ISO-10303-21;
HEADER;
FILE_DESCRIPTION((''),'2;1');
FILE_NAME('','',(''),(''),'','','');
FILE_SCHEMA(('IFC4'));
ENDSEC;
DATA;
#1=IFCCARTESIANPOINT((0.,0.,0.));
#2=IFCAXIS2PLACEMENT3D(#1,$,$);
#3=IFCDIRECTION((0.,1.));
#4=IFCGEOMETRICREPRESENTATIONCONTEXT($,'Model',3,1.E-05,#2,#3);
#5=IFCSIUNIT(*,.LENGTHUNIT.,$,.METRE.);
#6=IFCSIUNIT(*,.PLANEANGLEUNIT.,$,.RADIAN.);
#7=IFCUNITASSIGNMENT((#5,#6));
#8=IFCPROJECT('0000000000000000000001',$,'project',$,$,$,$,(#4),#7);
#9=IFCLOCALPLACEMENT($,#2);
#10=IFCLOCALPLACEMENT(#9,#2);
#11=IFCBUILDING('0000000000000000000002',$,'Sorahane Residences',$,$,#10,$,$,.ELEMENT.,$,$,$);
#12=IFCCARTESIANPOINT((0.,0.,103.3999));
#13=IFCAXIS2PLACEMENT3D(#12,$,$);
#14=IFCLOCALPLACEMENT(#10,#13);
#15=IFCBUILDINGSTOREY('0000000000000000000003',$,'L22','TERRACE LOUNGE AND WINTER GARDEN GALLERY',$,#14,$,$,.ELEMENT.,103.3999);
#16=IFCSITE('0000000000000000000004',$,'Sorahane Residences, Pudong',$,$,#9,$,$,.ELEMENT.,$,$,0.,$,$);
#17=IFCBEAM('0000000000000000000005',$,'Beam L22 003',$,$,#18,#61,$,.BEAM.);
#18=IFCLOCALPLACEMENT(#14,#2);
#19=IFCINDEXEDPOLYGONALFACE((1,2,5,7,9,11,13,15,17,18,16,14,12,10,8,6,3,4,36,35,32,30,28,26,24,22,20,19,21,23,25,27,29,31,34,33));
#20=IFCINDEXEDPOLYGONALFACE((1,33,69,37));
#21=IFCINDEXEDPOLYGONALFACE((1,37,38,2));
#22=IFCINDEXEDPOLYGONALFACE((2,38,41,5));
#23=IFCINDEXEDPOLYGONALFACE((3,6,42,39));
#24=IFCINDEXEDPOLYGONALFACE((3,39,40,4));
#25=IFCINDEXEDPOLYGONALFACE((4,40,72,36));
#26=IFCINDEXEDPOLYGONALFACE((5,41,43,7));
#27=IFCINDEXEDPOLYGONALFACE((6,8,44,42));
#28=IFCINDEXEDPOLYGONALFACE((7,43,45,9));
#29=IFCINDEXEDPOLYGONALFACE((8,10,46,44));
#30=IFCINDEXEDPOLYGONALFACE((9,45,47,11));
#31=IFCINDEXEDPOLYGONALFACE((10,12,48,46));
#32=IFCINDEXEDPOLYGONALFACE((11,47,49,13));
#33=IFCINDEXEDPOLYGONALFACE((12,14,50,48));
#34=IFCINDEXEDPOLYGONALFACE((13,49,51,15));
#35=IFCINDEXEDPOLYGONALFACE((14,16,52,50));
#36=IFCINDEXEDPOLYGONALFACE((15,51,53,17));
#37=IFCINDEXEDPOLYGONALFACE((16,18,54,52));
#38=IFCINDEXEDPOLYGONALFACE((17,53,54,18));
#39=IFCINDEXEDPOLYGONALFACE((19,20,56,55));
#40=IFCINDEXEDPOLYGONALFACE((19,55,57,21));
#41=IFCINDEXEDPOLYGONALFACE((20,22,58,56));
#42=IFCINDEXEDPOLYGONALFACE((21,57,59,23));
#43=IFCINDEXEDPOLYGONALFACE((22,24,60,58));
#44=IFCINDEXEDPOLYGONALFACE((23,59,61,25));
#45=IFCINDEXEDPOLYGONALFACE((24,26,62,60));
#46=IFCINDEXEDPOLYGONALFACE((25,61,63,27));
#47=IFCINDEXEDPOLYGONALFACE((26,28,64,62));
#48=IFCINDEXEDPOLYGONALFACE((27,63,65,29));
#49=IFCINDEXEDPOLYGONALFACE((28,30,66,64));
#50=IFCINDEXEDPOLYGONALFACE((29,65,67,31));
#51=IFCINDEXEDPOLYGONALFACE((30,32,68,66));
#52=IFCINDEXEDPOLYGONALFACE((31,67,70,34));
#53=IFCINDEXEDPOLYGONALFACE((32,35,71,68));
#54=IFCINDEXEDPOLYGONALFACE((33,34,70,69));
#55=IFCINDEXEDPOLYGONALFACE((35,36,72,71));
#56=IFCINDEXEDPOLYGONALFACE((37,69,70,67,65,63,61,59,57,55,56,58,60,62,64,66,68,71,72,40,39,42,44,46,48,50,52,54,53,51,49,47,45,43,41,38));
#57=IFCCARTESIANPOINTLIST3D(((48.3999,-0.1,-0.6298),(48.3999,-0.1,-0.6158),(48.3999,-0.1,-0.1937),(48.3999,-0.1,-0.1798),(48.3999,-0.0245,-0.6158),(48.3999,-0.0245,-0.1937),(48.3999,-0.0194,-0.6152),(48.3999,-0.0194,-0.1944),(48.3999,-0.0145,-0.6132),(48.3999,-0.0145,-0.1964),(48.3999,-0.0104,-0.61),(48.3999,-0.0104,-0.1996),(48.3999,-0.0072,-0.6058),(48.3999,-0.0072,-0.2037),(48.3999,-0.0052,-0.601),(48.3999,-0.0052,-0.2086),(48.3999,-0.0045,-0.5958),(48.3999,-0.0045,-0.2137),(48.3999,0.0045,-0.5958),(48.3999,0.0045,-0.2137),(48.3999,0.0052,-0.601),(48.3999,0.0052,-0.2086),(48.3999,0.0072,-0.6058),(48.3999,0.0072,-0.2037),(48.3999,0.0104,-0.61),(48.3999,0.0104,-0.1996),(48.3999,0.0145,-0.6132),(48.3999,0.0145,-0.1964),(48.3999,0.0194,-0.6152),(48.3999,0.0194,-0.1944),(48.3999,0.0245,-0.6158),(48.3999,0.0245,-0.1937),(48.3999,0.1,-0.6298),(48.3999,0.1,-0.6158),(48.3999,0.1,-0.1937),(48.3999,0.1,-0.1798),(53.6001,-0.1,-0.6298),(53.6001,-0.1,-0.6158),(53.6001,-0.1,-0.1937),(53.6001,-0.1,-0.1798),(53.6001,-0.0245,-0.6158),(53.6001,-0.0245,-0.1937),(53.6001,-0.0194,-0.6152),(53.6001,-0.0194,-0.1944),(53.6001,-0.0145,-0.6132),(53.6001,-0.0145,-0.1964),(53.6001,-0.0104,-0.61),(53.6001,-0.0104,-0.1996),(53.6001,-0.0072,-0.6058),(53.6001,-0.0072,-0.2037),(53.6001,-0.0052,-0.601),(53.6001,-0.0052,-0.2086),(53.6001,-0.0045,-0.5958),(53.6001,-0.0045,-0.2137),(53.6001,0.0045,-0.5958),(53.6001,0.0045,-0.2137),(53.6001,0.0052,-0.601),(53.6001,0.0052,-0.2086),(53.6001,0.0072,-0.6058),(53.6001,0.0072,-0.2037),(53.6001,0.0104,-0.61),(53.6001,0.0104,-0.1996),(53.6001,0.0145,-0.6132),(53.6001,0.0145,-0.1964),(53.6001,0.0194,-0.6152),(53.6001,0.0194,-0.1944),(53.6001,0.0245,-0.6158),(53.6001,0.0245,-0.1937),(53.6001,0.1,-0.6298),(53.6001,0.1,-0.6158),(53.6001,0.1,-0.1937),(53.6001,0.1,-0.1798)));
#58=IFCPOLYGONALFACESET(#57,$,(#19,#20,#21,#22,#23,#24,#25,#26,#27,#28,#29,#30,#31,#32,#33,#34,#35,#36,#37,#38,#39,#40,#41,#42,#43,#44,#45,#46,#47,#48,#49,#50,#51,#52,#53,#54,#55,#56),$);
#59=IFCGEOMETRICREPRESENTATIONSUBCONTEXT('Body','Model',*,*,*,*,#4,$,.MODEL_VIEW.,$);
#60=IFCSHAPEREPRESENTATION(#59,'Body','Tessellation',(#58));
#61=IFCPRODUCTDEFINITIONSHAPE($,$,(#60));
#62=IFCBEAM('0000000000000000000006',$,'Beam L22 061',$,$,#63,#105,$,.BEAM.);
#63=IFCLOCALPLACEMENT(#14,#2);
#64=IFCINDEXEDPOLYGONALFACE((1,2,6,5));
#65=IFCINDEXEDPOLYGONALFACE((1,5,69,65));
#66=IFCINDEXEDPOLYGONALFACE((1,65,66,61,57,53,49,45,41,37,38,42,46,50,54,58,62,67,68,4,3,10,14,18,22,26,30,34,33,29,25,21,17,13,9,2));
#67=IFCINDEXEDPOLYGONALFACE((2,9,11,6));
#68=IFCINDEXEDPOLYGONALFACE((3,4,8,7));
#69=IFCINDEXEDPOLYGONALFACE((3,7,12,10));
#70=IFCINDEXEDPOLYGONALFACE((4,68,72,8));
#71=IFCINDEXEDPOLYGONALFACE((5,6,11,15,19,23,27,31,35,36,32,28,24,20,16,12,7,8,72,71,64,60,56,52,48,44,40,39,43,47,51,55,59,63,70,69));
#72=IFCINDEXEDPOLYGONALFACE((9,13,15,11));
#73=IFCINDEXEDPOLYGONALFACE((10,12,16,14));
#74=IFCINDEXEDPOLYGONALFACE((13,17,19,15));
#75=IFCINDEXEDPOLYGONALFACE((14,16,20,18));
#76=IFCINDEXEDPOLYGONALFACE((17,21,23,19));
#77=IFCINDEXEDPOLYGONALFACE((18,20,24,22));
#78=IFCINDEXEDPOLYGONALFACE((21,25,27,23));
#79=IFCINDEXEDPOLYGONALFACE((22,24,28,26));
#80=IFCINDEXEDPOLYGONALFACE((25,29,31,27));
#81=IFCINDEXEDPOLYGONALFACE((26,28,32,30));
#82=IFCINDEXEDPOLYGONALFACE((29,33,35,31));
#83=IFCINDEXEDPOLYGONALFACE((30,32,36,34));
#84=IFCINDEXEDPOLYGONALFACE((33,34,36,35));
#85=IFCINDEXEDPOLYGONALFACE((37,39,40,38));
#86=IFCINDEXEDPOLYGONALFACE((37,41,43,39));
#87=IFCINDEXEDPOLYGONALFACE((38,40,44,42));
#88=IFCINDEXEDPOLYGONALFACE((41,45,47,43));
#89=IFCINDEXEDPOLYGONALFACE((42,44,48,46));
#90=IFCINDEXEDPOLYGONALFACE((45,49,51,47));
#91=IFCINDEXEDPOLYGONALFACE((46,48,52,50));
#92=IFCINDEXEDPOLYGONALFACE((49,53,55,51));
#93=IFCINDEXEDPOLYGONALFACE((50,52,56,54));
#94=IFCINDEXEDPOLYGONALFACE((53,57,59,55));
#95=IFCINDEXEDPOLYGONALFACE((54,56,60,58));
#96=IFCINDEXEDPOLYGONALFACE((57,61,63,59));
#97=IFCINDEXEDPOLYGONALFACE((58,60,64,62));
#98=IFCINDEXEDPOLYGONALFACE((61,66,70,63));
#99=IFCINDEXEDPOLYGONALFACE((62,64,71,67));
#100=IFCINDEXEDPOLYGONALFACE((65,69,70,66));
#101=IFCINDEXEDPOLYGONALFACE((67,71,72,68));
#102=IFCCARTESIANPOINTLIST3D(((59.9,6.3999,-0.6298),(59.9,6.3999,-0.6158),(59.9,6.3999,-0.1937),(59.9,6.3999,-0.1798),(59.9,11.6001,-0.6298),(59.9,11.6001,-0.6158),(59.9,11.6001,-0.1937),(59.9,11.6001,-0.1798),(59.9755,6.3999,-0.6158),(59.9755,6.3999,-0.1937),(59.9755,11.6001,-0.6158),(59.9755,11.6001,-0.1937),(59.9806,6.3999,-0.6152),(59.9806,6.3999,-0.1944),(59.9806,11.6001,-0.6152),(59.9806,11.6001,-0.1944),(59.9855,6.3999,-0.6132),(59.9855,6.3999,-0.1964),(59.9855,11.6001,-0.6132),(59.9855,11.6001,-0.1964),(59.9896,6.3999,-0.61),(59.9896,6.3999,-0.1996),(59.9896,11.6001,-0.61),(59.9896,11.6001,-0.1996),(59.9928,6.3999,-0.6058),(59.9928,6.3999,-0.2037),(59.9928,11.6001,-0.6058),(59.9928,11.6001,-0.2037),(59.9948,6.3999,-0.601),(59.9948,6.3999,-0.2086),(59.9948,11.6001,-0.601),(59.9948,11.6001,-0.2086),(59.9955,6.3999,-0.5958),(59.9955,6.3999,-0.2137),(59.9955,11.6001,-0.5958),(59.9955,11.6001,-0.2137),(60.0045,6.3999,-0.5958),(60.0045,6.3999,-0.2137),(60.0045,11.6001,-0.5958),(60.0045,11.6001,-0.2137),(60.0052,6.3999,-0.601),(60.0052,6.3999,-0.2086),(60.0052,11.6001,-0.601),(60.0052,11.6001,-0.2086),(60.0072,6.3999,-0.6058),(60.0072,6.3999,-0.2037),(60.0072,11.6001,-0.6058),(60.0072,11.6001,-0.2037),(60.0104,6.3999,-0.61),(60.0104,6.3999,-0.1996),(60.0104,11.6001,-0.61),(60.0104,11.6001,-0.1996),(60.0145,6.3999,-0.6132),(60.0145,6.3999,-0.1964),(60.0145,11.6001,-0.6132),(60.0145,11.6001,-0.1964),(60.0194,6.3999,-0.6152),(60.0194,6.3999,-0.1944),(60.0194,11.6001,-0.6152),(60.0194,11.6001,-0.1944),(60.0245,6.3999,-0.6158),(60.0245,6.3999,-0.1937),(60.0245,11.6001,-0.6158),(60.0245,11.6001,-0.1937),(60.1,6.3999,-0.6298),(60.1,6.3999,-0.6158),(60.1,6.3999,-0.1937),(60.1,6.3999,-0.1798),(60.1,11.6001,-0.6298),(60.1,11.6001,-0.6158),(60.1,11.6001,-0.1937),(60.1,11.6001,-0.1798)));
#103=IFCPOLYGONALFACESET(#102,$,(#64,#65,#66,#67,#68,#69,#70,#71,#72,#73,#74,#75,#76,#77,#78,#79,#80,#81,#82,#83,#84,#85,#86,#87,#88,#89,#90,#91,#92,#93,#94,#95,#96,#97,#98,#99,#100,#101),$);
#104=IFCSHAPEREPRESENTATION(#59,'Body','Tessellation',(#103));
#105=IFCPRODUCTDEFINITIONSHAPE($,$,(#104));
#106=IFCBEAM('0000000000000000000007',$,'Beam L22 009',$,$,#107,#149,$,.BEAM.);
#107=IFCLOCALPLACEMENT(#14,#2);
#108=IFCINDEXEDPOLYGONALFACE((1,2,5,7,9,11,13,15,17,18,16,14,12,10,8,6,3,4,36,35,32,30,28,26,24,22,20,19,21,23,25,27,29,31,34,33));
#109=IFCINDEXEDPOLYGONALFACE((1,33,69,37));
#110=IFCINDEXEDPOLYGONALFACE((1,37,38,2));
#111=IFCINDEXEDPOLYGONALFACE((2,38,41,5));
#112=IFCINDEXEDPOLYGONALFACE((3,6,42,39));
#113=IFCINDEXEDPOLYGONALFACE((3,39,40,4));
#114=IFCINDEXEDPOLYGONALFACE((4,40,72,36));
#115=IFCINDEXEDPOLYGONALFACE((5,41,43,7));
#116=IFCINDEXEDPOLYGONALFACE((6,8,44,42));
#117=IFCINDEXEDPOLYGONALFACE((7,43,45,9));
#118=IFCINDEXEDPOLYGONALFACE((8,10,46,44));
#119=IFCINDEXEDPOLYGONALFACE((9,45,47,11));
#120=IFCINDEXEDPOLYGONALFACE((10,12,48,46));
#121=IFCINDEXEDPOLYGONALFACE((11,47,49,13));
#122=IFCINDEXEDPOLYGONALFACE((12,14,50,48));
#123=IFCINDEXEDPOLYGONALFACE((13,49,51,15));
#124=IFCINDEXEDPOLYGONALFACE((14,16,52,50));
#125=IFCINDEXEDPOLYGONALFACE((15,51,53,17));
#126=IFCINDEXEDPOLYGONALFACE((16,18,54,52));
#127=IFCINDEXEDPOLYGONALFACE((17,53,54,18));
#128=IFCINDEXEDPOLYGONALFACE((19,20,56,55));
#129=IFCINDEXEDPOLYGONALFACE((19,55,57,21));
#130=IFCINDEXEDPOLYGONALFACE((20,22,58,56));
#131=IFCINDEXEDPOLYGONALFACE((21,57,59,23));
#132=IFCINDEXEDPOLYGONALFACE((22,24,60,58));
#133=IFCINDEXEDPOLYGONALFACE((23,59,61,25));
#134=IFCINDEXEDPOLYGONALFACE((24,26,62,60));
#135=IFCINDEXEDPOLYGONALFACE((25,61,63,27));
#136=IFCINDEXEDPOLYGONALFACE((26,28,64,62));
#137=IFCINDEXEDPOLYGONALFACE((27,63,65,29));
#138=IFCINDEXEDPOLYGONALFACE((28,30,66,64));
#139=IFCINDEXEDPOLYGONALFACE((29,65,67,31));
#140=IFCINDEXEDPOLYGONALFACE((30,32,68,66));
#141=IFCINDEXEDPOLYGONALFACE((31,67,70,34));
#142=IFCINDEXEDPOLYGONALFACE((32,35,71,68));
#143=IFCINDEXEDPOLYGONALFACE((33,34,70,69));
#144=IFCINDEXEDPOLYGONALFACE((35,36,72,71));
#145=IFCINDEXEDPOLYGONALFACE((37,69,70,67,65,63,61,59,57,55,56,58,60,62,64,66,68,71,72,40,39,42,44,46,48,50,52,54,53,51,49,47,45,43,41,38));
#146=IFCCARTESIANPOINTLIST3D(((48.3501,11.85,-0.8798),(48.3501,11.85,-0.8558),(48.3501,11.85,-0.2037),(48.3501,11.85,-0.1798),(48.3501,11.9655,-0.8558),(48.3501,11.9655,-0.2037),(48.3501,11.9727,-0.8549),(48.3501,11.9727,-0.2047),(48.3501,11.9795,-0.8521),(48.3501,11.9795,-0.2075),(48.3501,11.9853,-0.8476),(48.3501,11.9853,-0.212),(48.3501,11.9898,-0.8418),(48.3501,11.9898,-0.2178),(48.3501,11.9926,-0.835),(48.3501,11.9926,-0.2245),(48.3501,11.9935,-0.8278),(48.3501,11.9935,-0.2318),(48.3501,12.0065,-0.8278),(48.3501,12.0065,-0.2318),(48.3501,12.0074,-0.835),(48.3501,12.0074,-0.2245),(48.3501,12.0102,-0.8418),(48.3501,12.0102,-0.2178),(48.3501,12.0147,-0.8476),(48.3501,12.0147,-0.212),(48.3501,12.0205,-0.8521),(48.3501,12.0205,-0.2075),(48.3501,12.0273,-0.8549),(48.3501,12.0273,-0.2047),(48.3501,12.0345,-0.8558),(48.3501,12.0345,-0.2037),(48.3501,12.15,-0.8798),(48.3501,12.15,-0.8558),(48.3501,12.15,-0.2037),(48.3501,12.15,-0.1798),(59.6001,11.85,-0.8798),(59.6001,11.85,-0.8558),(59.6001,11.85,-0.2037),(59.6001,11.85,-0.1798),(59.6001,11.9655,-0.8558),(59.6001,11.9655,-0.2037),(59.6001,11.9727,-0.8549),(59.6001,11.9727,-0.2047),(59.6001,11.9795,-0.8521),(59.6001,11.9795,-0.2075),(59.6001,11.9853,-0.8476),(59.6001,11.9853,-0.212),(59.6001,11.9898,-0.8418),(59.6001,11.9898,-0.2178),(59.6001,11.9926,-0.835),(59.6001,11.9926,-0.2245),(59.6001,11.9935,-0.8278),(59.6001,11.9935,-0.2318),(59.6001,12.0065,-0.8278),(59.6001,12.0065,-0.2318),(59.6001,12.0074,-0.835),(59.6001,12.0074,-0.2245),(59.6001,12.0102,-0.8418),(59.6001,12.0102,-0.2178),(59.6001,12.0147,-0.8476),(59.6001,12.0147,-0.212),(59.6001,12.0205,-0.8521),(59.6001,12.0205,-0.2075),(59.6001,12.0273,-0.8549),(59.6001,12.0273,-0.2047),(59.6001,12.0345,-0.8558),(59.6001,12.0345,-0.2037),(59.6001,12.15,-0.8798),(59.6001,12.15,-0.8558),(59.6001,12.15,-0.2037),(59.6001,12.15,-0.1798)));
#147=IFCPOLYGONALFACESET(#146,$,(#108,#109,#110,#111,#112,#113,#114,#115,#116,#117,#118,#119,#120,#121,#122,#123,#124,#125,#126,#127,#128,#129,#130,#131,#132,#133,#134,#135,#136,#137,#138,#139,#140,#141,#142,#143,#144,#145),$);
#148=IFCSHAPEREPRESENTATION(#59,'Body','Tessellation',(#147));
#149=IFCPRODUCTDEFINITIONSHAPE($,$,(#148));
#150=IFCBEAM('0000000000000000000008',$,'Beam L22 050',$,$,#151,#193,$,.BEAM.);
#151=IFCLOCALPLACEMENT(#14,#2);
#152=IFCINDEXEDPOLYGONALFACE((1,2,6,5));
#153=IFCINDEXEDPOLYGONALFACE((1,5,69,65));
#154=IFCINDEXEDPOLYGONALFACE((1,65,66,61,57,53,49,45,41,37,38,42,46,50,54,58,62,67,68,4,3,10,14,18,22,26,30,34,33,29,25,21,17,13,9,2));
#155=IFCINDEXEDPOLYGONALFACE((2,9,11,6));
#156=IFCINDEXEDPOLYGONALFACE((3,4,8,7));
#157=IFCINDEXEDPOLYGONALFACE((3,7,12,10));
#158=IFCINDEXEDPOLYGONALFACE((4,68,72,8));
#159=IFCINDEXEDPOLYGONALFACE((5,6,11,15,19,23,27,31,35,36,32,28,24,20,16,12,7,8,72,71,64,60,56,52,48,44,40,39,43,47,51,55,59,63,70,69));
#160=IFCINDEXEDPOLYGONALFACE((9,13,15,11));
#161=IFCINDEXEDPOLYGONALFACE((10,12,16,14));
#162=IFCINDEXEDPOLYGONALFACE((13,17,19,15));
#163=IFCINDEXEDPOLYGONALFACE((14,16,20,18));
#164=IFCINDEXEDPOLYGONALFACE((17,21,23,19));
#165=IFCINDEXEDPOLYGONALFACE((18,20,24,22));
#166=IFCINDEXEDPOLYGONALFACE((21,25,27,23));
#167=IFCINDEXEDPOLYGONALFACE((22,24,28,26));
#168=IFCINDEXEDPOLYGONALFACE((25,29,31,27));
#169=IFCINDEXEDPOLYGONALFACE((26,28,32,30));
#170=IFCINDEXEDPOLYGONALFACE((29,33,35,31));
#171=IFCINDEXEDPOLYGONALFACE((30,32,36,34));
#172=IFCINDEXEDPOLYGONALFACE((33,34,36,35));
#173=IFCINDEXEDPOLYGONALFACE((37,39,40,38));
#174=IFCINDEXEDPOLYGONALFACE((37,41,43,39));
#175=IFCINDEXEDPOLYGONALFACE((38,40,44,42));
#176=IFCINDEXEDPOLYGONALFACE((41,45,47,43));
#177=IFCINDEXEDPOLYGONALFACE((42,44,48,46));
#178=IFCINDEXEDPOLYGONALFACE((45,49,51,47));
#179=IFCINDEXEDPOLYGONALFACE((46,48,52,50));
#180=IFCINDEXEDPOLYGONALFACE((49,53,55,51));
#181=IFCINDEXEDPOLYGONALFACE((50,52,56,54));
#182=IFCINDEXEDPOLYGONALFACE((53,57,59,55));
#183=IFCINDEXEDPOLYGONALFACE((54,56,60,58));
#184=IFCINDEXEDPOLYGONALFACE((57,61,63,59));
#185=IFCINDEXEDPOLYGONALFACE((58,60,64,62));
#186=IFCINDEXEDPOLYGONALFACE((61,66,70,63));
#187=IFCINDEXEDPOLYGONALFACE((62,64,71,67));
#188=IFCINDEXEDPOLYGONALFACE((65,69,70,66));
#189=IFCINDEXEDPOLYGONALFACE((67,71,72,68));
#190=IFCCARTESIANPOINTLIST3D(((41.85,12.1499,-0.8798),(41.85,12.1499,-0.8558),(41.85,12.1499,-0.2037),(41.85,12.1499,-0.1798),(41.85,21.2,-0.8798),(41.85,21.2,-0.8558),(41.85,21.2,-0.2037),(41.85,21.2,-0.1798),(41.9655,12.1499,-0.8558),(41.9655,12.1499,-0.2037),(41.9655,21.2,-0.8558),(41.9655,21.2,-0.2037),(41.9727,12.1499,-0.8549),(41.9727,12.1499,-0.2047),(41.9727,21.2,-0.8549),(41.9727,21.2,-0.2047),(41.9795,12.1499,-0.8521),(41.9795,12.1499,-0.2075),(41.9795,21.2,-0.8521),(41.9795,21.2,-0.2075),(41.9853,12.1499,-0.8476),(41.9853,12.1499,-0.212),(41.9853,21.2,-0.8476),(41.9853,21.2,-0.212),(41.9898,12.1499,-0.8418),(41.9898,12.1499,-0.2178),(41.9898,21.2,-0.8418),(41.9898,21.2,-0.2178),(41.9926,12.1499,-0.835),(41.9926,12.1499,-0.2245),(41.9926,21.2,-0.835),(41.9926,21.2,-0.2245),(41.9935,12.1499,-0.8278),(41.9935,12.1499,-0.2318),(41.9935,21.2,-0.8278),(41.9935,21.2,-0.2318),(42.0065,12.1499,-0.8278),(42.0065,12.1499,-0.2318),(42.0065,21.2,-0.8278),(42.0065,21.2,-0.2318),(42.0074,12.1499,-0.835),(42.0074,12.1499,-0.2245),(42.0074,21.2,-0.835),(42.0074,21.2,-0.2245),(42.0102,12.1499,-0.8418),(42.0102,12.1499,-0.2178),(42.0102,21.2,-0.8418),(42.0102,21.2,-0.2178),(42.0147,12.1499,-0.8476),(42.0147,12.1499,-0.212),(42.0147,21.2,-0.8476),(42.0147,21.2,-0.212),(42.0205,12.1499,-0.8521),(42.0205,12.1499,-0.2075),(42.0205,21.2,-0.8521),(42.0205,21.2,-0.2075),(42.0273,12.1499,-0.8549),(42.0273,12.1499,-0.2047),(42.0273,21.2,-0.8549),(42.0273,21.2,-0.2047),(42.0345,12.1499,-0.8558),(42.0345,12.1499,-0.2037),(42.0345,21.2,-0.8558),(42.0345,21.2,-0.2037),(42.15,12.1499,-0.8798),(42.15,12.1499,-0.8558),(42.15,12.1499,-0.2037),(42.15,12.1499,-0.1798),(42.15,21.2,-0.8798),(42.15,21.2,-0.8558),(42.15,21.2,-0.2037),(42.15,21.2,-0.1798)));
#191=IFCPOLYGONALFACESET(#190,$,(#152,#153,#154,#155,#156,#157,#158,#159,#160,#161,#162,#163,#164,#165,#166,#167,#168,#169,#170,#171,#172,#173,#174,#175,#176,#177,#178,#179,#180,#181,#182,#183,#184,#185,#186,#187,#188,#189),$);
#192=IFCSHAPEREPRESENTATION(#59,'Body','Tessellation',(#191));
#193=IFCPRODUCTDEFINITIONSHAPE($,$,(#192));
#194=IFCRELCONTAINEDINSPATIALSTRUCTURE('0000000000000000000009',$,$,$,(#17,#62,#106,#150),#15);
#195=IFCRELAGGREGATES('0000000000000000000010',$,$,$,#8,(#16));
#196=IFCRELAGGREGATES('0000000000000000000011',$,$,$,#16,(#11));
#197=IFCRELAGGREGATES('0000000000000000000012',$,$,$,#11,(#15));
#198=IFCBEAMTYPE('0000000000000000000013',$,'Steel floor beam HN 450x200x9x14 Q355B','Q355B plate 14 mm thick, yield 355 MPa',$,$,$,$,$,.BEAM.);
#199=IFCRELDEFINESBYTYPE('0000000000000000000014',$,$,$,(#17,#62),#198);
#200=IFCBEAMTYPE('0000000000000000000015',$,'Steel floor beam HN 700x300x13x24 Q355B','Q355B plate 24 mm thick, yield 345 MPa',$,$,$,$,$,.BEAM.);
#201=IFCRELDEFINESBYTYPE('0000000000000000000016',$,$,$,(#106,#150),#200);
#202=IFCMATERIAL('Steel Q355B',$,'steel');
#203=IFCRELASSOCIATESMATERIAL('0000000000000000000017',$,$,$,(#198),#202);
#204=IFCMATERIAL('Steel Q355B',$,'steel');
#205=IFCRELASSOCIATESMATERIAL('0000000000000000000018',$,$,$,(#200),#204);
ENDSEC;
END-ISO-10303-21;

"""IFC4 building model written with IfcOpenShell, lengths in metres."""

from ifc_helpers import new_model, si_unit, direction, frame, origin, origin_2d, place, context, subcontext, project, spatial, i_section, extrude, material, material_profile, profile_set, type_object, element, save


model = new_model("IFC4")

# Units and contexts
model_context = context("Model", 3, precision=1e-05, world=origin(), true_north=direction((0.0, 1.0)))
body_context = subcontext(model_context, "Body", "Model", "MODEL_VIEW")
ifc_project = project(units=[si_unit("LENGTHUNIT", "METRE"), si_unit("PLANEANGLEUNIT", "RADIAN")], contexts=[model_context])

# Site, building, storey
site_placement = place(None, origin())
site = spatial("IfcSite", under=ifc_project, at=site_placement, Name="Sorahane Residences, Pudong", CompositionType="ELEMENT", RefElevation=0.0)
building_placement = place(site_placement, origin())
building = spatial("IfcBuilding", under=site, at=building_placement, Name="Sorahane Residences", CompositionType="ELEMENT")
storey_placement = place(building_placement, frame((0.0, 0.0, 103.3999)))
storey = spatial("IfcBuildingStorey", under=building, at=storey_placement, Name="L22", Description="TERRACE LOUNGE AND WINTER GARDEN GALLERY", CompositionType="ELEMENT", Elevation=103.3999)

# Beams
ifc_material_1 = material(Name="Steel Q355B", Category="steel")
ifc_material_profile_1 = material_profile(ifc_material_1, i_section(OverallWidth=0.2, OverallDepth=0.45, WebThickness=0.009, FlangeThickness=0.0139, FilletRadius=0.02, at=origin_2d()), Name="HN 450x200x9x14")
ifc_profile_set_1 = profile_set([ifc_material_profile_1], Name="Steel Q355B")
beam_type_1 = type_object("IfcBeamType", Name="Steel floor beam HN 450x200x9x14 Q355B", Description="Q355B plate 14 mm thick, yield 355 MPa", PredefinedType="BEAM", material=ifc_profile_set_1)
for number, where, z_axis, x_axis, name in (
    (1, (48.3999, 0.0, -0.4048), (1.0, 0.0, 0.0), (0.0, 1.0, 0.0), "Beam L22 003"),
    (2, (60.0, 6.3999, -0.4048), (0.0, 1.0, 0.0), (-1.0, 0.0, 0.0), "Beam L22 061"),
):
    element("IfcBeam", number, at=place(storey_placement, frame(where, z_axis=z_axis, x_axis=x_axis)), inside=storey, type_object=beam_type_1, Name=name, PredefinedType="BEAM", context=body_context, shape_type="SweptSolid", body=[
        extrude(i_section(OverallWidth=0.2, OverallDepth=0.45, WebThickness=0.009, FlangeThickness=0.0139, FilletRadius=0.02, at=origin_2d()), origin(), (0.0, 0.0, 1.0), 5.2002),
    ])
ifc_material_2 = material(Name="Steel Q355B", Category="steel")
ifc_material_profile_2 = material_profile(ifc_material_2, i_section(OverallWidth=0.3, OverallDepth=0.7, WebThickness=0.0129, FlangeThickness=0.0239, FilletRadius=0.0281, at=origin_2d()), Name="HN 700x300x13x24")
ifc_profile_set_2 = profile_set([ifc_material_profile_2], Name="Steel Q355B")
beam_type_2 = type_object("IfcBeamType", Name="Steel floor beam HN 700x300x13x24 Q355B", Description="Q355B plate 24 mm thick, yield 345 MPa", PredefinedType="BEAM", material=ifc_profile_set_2)
beam_1_placement = place(storey_placement, frame((48.3501, 12.0, -0.5298), z_axis=(1.0, 0.0, 0.0), x_axis=(0.0, 1.0, 0.0)))
element("IfcBeam", 3, at=beam_1_placement, inside=storey, type_object=beam_type_2, Name="Beam L22 009", PredefinedType="BEAM", context=body_context, shape_type="SweptSolid", body=[
    extrude(i_section(OverallWidth=0.3, OverallDepth=0.7, WebThickness=0.0129, FlangeThickness=0.0239, FilletRadius=0.0281, at=origin_2d()), origin(), (0.0, 0.0, 1.0), 11.25),
])
beam_2_placement = place(storey_placement, frame((42.0, 12.1499, -0.5298), z_axis=(0.0, 1.0, 0.0), x_axis=(-1.0, 0.0, 0.0)))
element("IfcBeam", 4, at=beam_2_placement, inside=storey, type_object=beam_type_2, Name="Beam L22 050", PredefinedType="BEAM", context=body_context, shape_type="SweptSolid", body=[
    extrude(i_section(OverallWidth=0.3, OverallDepth=0.7, WebThickness=0.0129, FlangeThickness=0.0239, FilletRadius=0.0281, at=origin_2d()), origin(), (0.0, 0.0, 1.0), 9.05),
])

save(model, "model.ifc")
